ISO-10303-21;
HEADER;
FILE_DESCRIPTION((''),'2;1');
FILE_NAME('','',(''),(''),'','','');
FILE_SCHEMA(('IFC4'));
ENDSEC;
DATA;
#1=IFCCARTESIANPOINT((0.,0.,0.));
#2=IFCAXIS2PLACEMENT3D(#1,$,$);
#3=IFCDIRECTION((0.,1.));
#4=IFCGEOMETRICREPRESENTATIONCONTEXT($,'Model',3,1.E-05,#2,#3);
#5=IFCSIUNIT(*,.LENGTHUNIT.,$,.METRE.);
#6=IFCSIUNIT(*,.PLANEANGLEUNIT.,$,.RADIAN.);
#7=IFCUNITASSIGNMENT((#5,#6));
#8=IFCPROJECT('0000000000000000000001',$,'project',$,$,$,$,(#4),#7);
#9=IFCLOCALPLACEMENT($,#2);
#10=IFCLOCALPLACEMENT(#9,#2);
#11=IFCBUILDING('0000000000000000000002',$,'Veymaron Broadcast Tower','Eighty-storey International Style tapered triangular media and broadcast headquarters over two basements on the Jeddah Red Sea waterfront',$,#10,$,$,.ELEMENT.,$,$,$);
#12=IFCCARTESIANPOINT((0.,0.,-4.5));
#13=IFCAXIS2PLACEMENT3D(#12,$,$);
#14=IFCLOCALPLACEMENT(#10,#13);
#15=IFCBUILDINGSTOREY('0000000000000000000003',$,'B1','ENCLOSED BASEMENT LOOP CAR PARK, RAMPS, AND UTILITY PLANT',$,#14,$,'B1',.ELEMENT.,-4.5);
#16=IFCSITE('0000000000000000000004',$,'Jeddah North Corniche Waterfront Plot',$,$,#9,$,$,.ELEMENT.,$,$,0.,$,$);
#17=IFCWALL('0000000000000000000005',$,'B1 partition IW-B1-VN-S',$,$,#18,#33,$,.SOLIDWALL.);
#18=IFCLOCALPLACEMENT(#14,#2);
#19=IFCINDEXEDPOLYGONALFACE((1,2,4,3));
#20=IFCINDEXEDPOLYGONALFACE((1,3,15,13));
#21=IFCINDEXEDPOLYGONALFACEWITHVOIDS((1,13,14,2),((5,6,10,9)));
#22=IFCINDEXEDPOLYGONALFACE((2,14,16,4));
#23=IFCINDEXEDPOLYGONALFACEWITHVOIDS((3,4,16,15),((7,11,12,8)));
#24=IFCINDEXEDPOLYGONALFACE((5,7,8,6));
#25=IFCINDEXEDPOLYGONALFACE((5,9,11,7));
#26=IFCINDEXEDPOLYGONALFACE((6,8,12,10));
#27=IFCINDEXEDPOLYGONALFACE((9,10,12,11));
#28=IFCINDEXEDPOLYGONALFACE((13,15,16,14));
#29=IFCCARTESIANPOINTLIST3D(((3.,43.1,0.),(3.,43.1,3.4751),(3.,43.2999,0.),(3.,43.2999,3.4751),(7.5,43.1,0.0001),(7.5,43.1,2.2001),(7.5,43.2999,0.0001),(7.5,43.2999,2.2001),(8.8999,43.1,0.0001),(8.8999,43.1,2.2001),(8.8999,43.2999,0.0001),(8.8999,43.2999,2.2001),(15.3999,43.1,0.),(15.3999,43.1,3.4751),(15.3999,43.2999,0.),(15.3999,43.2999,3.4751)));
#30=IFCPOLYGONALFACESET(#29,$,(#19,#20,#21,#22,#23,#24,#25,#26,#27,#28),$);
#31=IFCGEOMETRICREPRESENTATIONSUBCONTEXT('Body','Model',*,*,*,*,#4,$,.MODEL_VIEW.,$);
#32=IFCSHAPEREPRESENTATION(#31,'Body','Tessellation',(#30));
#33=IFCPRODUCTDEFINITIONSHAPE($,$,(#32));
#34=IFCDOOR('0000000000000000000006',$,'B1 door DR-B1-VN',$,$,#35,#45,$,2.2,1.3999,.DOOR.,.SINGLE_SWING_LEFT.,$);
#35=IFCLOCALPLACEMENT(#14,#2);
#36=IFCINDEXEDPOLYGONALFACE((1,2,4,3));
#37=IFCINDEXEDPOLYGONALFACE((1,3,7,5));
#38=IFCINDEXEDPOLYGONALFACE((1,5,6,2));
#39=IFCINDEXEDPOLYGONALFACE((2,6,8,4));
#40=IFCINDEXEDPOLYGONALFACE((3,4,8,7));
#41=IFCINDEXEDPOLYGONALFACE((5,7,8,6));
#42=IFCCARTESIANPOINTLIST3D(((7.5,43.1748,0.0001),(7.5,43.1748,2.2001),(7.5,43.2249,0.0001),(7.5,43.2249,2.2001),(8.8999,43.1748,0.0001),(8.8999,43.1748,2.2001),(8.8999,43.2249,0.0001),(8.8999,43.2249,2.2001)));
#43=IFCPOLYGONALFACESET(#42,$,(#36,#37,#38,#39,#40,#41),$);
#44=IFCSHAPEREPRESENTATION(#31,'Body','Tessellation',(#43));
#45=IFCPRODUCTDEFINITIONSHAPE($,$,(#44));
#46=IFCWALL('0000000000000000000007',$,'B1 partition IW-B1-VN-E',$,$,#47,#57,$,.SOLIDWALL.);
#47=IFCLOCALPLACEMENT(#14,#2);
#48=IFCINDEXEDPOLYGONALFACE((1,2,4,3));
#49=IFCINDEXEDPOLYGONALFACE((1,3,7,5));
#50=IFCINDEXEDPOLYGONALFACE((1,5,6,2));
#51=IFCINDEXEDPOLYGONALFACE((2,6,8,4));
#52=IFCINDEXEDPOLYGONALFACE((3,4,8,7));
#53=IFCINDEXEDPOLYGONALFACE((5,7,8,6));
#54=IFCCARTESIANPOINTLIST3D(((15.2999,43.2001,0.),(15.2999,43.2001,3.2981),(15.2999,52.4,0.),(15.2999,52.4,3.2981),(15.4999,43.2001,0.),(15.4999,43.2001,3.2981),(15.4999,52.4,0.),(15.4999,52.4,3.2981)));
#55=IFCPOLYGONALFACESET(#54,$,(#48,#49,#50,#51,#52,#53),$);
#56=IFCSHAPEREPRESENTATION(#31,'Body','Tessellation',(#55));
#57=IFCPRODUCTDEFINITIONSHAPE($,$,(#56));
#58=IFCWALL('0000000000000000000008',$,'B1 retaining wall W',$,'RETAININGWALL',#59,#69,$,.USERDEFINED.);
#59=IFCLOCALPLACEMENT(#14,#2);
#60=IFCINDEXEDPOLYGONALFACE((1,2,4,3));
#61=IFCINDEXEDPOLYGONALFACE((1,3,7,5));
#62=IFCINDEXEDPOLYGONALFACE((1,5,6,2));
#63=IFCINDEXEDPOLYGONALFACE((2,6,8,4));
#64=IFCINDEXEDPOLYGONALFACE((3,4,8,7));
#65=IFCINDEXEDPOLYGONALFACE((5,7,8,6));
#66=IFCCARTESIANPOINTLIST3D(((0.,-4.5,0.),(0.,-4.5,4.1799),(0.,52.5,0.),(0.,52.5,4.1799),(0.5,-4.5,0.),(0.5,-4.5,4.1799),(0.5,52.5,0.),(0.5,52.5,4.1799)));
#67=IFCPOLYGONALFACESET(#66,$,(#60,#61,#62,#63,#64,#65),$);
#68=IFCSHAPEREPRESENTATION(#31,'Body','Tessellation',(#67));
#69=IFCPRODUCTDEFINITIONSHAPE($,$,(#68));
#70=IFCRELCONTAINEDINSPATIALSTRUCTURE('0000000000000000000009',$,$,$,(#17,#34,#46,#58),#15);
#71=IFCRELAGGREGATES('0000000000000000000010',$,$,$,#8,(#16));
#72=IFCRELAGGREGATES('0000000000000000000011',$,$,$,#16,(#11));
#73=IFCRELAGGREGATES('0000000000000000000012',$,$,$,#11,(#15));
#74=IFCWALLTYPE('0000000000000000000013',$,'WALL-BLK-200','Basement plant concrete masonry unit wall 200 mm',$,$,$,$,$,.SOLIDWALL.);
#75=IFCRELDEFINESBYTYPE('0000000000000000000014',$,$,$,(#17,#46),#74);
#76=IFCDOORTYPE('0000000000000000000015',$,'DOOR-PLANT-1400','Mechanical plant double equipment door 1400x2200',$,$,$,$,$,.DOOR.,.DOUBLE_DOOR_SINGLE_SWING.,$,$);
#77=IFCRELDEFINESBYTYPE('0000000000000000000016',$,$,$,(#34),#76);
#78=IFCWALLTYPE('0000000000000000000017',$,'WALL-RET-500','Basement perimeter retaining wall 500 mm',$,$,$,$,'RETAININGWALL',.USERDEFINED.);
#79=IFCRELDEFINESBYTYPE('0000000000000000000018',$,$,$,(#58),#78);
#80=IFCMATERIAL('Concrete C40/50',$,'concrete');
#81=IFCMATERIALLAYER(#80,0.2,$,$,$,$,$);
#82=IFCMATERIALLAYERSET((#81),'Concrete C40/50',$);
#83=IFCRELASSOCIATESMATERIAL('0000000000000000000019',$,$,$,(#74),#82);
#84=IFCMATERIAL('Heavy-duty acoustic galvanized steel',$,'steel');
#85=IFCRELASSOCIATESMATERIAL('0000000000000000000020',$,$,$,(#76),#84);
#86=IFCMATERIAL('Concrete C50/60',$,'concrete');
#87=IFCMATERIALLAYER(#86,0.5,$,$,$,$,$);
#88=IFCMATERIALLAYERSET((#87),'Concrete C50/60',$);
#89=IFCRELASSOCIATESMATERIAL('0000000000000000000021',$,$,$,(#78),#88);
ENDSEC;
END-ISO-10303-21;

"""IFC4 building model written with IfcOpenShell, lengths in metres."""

from ifc_helpers import new_model, si_unit, direction, frame, frame_2d, origin, place, context, subcontext, project, spatial, rectangle, extrude, material, layer, layer_set, type_object, element, fill, save


model = new_model("IFC4")

# Units and contexts
model_context = context("Model", 3, precision=1e-05, world=origin(), true_north=direction((0.0, 1.0)))
body_context = subcontext(model_context, "Body", "Model", "MODEL_VIEW")
ifc_project = project(units=[si_unit("LENGTHUNIT", "METRE"), si_unit("PLANEANGLEUNIT", "RADIAN")], contexts=[model_context])

# Site, building, storey
site_placement = place(None, origin())
site = spatial("IfcSite", under=ifc_project, at=site_placement, Name="Jeddah North Corniche Waterfront Plot", CompositionType="ELEMENT", RefElevation=0.0)
building_placement = place(site_placement, origin())
building = spatial("IfcBuilding", under=site, at=building_placement, Name="Veymaron Broadcast Tower", Description="Eighty-storey International Style tapered triangular media and broadcast headquarters over two basements on the Jeddah Red Sea waterfront", CompositionType="ELEMENT")
storey_placement = place(building_placement, frame((0.0, 0.0, -4.5)))
storey = spatial("IfcBuildingStorey", under=building, at=storey_placement, Name="B1", Description="ENCLOSED BASEMENT LOOP CAR PARK, RAMPS, AND UTILITY PLANT", LongName="B1", CompositionType="ELEMENT", Elevation=-4.5)

# Wall, opening, door
ifc_material_1 = material(Name="Concrete C40/50", Category="concrete")
ifc_layer_1 = layer(ifc_material_1, 0.2)
ifc_layer_set_1 = layer_set([ifc_layer_1], Name="Concrete C40/50")
wall_type_1 = type_object("IfcWallType", Name="WALL-BLK-200", Description="Basement plant concrete masonry unit wall 200 mm", PredefinedType="SOLIDWALL", material=ifc_layer_set_1)
wall_1_placement = place(storey_placement, frame((3.0, 43.2, 0.0), z_axis=(0.0, 0.0, 1.0), x_axis=(1.0, 0.0, 0.0)))
wall_1 = element("IfcWall", 1, at=wall_1_placement, inside=storey, type_object=wall_type_1, Name="B1 partition IW-B1-VN-S", PredefinedType="SOLIDWALL", context=body_context, shape_type="SweptSolid", body=[
    extrude(rectangle(XDim=12.3999, YDim=0.2, at=frame_2d((6.2, 0.0))), origin(), (0.0, 0.0, 1.0), 3.4751),
])
opening_placement = place(wall_1_placement, frame((4.5, 0.0, 0.0)))
opening = element("IfcOpeningElement", 2, at=opening_placement, cuts=wall_1, PredefinedType="OPENING", context=body_context, shape_type="SweptSolid", body=[
    extrude(rectangle(XDim=1.3999, YDim=2.2, at=frame_2d((0.7, 1.1001))), frame((0.0, 0.1099, 0.0), z_axis=(0.0, -1.0, 0.0), x_axis=(1.0, 0.0, 0.0)), (0.0, 0.0, 1.0), 0.22),
])
ifc_material_2 = material(Name="Heavy-duty acoustic galvanized steel", Category="steel")
door_type = type_object("IfcDoorType", Name="DOOR-PLANT-1400", Description="Mechanical plant double equipment door 1400x2200", OperationType="DOUBLE_DOOR_SINGLE_SWING", PredefinedType="DOOR", material=ifc_material_2)
door_placement = place(opening_placement, origin())
door = element("IfcDoor", 3, at=door_placement, inside=storey, type_object=door_type, Name="B1 door DR-B1-VN", OperationType="SINGLE_SWING_LEFT", OverallHeight=2.2, OverallWidth=1.3999, PredefinedType="DOOR", context=body_context, shape_type="SweptSolid", body=[
    extrude(rectangle(XDim=1.3999, YDim=2.2, at=frame_2d((0.7, 1.1001))), frame((0.0, 0.0249, 0.0), z_axis=(0.0, -1.0, 0.0), x_axis=(1.0, 0.0, 0.0)), (0.0, 0.0, 1.0), 0.05),
])
fill(opening, door)

# Walls
wall_2_placement = place(storey_placement, frame((15.3999, 43.2, 0.0), z_axis=(0.0, 0.0, 1.0), x_axis=(0.0, 1.0, 0.0)))
element("IfcWall", 4, at=wall_2_placement, inside=storey, type_object=wall_type_1, Name="B1 partition IW-B1-VN-E", PredefinedType="SOLIDWALL", context=body_context, shape_type="SweptSolid", body=[
    extrude(rectangle(XDim=9.2, YDim=0.2, at=frame_2d((4.6001, 0.0))), origin(), (0.0, 0.0, 1.0), 3.2981),
])
ifc_material_3 = material(Name="Concrete C50/60", Category="concrete")
ifc_layer_2 = layer(ifc_material_3, 0.5)
ifc_layer_set_2 = layer_set([ifc_layer_2], Name="Concrete C50/60")
wall_type_2 = type_object("IfcWallType", Name="WALL-RET-500", Description="Basement perimeter retaining wall 500 mm", ElementType="RETAININGWALL", PredefinedType="USERDEFINED", material=ifc_layer_set_2)
wall_3_placement = place(storey_placement, frame((0.25, 52.5, 0.0), z_axis=(0.0, 0.0, 1.0), x_axis=(0.0, -1.0, 0.0)))
element("IfcWall", 5, at=wall_3_placement, inside=storey, type_object=wall_type_2, Name="B1 retaining wall W", ObjectType="RETAININGWALL", PredefinedType="USERDEFINED", context=body_context, shape_type="SweptSolid", body=[
    extrude(rectangle(XDim=57.0, YDim=0.5, at=frame_2d((28.5, 0.0))), origin(), (0.0, 0.0, 1.0), 4.1799),
])

save(model, "model.ifc")
